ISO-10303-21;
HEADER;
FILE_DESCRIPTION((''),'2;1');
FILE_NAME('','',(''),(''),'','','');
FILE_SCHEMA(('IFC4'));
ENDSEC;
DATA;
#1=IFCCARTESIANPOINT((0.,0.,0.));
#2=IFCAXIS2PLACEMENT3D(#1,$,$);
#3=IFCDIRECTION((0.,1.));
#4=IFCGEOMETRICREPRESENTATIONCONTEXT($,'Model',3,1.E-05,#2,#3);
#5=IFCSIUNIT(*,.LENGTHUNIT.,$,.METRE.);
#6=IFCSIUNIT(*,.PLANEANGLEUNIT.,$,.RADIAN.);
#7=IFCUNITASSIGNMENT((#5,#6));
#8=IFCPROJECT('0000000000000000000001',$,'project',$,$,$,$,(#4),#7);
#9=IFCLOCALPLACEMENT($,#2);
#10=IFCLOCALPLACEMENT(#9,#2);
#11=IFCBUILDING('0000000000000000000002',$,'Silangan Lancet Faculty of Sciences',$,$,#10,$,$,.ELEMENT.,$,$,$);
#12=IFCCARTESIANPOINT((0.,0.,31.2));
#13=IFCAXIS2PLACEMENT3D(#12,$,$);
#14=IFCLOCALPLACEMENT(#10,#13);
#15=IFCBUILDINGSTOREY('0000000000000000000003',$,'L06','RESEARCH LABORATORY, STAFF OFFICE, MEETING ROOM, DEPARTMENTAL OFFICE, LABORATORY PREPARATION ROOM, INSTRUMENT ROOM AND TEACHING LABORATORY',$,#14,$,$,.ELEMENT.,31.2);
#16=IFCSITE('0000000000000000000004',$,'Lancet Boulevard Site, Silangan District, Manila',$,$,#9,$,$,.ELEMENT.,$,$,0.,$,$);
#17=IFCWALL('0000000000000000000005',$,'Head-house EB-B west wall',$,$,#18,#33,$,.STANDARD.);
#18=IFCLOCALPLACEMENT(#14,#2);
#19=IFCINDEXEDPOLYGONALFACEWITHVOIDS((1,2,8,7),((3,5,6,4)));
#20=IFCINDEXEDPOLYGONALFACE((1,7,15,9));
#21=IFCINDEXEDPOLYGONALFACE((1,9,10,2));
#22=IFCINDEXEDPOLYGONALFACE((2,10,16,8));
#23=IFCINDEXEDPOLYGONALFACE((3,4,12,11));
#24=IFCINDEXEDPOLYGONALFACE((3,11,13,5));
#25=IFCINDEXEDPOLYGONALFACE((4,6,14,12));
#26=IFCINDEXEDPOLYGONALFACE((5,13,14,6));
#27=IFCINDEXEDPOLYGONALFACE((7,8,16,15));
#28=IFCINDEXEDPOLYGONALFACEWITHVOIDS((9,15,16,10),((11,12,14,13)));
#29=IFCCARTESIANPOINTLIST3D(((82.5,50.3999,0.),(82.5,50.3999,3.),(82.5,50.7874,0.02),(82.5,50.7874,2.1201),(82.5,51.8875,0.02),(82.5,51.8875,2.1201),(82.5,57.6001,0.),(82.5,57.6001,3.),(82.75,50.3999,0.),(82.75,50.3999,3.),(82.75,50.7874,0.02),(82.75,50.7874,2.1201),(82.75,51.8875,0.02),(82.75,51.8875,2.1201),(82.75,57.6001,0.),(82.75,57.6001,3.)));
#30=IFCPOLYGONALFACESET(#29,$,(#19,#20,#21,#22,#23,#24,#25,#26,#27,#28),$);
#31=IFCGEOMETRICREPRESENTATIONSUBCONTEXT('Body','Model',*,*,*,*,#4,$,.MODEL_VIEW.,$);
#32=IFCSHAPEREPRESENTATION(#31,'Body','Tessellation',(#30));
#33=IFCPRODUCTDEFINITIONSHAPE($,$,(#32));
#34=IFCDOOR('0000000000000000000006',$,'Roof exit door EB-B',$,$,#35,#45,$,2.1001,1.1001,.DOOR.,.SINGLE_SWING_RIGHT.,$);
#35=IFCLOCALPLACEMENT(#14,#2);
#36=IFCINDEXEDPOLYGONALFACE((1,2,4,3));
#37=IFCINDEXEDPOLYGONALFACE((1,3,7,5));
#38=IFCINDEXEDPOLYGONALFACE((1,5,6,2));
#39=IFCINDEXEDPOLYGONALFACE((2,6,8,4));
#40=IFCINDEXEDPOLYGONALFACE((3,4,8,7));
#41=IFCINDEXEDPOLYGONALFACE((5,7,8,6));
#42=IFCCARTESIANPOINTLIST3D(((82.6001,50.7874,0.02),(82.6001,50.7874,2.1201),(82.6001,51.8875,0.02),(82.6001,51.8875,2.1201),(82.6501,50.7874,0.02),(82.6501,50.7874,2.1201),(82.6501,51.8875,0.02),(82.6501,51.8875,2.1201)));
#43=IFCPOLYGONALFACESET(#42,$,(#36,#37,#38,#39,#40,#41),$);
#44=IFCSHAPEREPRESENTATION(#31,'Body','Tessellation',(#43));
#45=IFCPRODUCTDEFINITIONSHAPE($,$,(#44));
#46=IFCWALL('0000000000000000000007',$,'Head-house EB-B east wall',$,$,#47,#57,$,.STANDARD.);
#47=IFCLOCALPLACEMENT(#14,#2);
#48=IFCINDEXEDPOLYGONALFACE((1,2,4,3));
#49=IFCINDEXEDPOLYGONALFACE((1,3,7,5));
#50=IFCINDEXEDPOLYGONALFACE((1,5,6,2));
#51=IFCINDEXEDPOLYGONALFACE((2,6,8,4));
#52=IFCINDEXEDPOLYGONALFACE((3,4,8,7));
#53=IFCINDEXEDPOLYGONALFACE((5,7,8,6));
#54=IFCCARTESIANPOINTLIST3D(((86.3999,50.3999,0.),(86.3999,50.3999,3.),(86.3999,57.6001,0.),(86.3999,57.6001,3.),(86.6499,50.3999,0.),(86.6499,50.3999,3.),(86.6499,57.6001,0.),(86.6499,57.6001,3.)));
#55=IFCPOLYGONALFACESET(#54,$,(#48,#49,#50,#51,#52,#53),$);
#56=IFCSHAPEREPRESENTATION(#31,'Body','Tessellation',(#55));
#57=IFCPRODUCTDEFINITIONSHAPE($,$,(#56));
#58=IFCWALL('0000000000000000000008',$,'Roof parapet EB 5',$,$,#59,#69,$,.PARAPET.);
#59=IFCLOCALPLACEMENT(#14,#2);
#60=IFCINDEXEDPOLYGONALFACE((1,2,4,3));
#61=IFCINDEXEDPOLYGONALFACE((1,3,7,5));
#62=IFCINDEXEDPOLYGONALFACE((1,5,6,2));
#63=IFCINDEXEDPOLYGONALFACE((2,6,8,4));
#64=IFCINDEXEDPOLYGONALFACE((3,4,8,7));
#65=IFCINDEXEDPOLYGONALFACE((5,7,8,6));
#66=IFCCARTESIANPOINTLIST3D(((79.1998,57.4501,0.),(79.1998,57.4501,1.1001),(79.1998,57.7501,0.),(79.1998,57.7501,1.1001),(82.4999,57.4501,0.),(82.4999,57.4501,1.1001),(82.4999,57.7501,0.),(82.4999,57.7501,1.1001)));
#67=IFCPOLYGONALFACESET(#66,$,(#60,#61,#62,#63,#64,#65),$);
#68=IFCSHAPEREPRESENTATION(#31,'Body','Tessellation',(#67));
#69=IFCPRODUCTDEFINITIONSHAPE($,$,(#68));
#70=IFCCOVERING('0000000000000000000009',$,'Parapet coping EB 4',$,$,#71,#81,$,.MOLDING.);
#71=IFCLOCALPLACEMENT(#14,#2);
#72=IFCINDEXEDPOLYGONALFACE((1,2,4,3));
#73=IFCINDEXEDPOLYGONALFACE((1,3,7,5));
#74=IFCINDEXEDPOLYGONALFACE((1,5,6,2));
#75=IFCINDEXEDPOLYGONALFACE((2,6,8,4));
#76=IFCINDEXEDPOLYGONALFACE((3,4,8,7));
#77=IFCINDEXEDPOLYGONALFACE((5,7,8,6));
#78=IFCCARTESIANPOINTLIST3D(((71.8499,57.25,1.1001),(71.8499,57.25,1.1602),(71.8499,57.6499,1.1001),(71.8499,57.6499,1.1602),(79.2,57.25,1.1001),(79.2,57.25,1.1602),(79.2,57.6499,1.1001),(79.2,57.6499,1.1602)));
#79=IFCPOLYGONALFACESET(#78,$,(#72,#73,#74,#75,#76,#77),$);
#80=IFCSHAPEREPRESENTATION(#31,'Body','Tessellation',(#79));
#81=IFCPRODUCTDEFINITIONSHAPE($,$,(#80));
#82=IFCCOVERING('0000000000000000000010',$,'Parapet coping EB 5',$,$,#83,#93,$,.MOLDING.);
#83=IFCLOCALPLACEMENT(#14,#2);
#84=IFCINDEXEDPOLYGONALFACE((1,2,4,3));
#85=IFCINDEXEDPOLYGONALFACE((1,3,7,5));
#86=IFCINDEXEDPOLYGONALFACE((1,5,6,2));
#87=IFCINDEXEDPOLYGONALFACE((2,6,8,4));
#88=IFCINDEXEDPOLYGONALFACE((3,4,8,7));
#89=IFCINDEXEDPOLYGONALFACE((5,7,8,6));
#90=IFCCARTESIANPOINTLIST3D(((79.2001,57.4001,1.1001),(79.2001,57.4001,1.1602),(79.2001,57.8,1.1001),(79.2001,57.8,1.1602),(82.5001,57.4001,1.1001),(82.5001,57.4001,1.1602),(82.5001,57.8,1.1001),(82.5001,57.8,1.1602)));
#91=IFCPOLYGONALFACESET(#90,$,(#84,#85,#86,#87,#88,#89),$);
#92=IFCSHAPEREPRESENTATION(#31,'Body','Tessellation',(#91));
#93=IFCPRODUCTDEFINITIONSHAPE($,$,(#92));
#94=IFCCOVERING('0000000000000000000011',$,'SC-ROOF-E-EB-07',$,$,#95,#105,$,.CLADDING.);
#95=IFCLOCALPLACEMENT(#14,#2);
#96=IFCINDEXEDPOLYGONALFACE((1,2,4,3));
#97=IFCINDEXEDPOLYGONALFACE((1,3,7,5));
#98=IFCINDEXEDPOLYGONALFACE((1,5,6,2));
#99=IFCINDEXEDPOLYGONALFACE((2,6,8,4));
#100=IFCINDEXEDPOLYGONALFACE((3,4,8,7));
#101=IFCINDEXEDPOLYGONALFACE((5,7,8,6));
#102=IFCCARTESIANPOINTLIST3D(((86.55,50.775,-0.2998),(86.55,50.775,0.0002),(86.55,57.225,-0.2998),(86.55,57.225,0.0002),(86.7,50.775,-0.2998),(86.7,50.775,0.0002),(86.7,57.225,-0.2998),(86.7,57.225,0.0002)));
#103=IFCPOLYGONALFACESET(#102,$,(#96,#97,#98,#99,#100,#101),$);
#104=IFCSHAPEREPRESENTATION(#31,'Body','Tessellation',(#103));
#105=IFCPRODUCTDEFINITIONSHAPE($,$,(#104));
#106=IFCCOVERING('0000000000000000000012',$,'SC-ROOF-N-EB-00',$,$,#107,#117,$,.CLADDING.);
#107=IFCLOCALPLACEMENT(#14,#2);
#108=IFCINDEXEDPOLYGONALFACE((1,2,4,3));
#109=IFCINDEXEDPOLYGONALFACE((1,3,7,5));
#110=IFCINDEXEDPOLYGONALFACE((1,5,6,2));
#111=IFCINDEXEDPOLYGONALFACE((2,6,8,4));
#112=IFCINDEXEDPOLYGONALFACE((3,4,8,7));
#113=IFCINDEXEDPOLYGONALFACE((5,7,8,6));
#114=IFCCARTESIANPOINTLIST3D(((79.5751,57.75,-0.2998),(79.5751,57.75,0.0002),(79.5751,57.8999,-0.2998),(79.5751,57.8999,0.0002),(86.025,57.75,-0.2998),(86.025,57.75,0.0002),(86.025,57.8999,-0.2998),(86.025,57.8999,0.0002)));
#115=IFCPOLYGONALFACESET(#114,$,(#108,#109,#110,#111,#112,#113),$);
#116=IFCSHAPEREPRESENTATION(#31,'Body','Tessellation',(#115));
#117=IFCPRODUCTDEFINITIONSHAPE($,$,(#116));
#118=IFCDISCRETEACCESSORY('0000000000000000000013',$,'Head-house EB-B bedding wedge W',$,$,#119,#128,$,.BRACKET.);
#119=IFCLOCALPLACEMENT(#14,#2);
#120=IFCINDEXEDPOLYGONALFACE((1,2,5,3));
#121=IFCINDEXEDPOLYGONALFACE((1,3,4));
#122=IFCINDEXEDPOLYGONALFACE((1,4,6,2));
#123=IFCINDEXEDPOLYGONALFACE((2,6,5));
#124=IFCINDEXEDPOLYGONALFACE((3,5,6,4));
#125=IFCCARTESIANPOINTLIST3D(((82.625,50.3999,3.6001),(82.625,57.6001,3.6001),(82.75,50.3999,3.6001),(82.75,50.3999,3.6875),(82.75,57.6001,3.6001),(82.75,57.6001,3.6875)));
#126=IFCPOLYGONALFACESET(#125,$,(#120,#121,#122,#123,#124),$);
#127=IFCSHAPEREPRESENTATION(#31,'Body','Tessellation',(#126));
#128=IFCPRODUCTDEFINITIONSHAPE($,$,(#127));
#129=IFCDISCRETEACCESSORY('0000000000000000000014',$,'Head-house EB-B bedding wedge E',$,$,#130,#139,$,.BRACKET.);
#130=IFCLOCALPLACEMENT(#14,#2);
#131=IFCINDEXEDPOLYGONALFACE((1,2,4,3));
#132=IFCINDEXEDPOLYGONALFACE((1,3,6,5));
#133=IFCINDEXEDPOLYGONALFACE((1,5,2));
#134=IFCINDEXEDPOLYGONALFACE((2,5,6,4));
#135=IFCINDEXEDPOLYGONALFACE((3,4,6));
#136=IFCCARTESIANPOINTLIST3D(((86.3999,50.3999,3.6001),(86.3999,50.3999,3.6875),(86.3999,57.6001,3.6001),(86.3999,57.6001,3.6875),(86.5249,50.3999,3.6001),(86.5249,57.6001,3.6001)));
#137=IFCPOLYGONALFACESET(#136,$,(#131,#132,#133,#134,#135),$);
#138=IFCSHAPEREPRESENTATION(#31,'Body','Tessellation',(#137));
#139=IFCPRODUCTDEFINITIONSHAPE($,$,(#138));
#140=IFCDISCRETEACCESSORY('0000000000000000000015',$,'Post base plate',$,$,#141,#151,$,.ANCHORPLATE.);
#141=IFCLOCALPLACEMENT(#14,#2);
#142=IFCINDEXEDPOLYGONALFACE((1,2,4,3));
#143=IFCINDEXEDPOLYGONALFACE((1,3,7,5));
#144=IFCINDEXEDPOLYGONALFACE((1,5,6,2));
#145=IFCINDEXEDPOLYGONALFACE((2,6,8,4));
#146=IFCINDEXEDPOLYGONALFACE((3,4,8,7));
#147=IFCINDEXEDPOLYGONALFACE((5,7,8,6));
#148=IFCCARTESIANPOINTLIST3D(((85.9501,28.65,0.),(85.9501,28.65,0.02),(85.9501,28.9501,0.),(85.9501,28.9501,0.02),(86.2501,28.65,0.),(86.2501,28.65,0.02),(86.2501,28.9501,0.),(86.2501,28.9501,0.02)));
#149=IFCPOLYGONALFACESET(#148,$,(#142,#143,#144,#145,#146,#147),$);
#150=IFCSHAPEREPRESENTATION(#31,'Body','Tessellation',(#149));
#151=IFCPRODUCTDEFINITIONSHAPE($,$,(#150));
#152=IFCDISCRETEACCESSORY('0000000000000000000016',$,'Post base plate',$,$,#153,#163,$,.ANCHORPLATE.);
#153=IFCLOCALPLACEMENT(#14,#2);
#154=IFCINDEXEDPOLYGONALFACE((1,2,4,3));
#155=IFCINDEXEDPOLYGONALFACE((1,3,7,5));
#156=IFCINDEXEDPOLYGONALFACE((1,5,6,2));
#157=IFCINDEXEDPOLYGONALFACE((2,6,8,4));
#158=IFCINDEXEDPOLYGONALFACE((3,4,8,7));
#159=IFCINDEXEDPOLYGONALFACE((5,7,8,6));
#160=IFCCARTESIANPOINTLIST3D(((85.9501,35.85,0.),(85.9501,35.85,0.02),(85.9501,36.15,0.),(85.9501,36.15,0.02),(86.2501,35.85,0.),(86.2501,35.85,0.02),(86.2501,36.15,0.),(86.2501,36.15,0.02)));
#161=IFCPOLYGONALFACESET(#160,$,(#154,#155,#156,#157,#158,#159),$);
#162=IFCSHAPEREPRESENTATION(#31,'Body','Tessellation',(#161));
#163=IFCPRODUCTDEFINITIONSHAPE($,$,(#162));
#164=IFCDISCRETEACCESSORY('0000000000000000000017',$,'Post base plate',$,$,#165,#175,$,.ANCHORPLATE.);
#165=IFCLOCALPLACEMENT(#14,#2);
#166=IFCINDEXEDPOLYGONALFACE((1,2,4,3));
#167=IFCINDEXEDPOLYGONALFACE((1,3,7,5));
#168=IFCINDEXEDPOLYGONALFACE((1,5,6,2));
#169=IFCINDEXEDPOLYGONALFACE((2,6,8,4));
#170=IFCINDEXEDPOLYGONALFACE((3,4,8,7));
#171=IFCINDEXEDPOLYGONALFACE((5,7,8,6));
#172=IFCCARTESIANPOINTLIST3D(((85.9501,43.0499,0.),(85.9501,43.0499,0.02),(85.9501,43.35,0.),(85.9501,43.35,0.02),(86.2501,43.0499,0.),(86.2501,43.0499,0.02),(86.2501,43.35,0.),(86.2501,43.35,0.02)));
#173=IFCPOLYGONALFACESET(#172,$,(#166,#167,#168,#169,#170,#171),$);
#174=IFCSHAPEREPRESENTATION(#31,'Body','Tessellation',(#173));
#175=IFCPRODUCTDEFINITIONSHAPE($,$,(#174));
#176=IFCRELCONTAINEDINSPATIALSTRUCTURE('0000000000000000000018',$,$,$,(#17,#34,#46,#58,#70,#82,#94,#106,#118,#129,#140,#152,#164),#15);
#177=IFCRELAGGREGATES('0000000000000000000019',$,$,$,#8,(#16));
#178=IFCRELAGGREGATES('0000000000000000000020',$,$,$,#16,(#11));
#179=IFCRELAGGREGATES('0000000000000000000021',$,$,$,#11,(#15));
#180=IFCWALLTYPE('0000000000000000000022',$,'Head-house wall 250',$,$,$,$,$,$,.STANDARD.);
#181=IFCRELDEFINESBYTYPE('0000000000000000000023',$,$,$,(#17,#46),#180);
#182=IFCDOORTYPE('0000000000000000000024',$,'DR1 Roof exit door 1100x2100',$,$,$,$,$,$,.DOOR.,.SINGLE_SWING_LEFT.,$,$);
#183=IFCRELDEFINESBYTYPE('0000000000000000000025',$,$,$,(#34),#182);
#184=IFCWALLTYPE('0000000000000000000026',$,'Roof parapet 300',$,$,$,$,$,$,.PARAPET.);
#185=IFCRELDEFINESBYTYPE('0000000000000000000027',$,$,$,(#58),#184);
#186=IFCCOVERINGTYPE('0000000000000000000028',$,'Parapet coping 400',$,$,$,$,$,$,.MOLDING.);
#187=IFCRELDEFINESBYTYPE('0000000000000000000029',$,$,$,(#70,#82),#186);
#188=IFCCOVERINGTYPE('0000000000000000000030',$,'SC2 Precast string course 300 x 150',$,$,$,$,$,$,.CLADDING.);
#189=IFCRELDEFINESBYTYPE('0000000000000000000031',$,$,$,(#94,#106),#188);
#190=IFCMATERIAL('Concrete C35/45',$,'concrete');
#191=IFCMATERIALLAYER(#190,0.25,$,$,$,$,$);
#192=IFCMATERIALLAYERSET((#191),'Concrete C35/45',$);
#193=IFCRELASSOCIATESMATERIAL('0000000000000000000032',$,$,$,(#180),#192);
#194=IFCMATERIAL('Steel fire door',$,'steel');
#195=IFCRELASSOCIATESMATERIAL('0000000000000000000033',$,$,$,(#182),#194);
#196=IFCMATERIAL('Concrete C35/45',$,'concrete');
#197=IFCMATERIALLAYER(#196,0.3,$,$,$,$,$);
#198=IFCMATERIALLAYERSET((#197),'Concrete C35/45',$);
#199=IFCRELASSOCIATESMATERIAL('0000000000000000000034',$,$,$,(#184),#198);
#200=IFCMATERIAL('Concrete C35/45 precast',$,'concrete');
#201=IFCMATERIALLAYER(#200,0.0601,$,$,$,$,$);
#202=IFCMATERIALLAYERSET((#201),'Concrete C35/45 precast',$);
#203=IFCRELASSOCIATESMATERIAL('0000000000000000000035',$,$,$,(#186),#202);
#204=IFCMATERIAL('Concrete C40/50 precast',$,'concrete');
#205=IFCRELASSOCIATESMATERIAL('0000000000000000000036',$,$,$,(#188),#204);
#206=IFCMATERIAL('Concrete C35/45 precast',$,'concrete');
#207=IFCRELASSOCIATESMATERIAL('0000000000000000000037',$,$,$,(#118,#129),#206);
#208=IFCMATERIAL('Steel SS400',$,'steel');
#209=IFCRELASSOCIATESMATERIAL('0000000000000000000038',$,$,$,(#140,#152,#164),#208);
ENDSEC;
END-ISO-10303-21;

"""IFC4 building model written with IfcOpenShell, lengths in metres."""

from ifc_helpers import new_model, si_unit, direction, frame, frame_2d, origin, origin_2d, place, context, subcontext, project, spatial, polyline, rectangle, outline, extrude, material, layer, layer_set, type_object, element, fill, save


model = new_model("IFC4")

# Units and contexts
model_context = context("Model", 3, precision=1e-05, world=origin(), true_north=direction((0.0, 1.0)))
body_context = subcontext(model_context, "Body", "Model", "MODEL_VIEW")
ifc_project = project(units=[si_unit("LENGTHUNIT", "METRE"), si_unit("PLANEANGLEUNIT", "RADIAN")], contexts=[model_context])

# Site, building, storey
site_placement = place(None, origin())
site = spatial("IfcSite", under=ifc_project, at=site_placement, Name="Lancet Boulevard Site, Silangan District, Manila", CompositionType="ELEMENT", RefElevation=0.0)
building_placement = place(site_placement, origin())
building = spatial("IfcBuilding", under=site, at=building_placement, Name="Silangan Lancet Faculty of Sciences", CompositionType="ELEMENT")
storey_placement = place(building_placement, frame((0.0, 0.0, 31.2)))
storey = spatial("IfcBuildingStorey", under=building, at=storey_placement, Name="L06", Description="RESEARCH LABORATORY, STAFF OFFICE, MEETING ROOM, DEPARTMENTAL OFFICE, LABORATORY PREPARATION ROOM, INSTRUMENT ROOM AND TEACHING LABORATORY", CompositionType="ELEMENT", Elevation=31.2)

# Shared definitions
ifc_material_1 = material(Name="Concrete C35/45", Category="concrete")
ifc_layer_1 = layer(ifc_material_1, 0.25)
ifc_layer_set_1 = layer_set([ifc_layer_1], Name="Concrete C35/45")
wall_type_1 = type_object("IfcWallType", Name="Head-house wall 250", PredefinedType="STANDARD", material=ifc_layer_set_1)

# Wall, opening, door
wall_1_placement = place(storey_placement, frame((82.625, 50.3999, 0.0), z_axis=(0.0, 0.0, 1.0), x_axis=(0.0, 1.0, 0.0)))
wall_1 = element("IfcWall", 1, at=wall_1_placement, inside=storey, type_object=wall_type_1, Name="Head-house EB-B west wall", PredefinedType="STANDARD", context=body_context, shape_type="SweptSolid", body=[
    extrude(rectangle(XDim=7.2002, YDim=0.25, at=frame_2d((3.6001, 0.0))), origin(), (0.0, 0.0, 1.0), 3.0),
])
opening_placement = place(wall_1_placement, frame((0.3875, 0.0, 0.02)))
opening = element("IfcOpeningElement", 2, at=opening_placement, cuts=wall_1, PredefinedType="OPENING", context=body_context, shape_type="SweptSolid", body=[
    extrude(rectangle(XDim=1.1001, YDim=2.1001, at=frame_2d((0.55, 1.05))), frame((0.0, 0.135, 0.0), z_axis=(0.0, -1.0, 0.0), x_axis=(1.0, 0.0, 0.0)), (0.0, 0.0, 1.0), 0.27),
])
ifc_material_2 = material(Name="Steel fire door", Category="steel")
door_type = type_object("IfcDoorType", Name="DR1 Roof exit door 1100x2100", OperationType="SINGLE_SWING_LEFT", PredefinedType="DOOR", material=ifc_material_2)
door_placement = place(opening_placement, origin())
door = element("IfcDoor", 3, at=door_placement, inside=storey, type_object=door_type, Name="Roof exit door EB-B", OperationType="SINGLE_SWING_RIGHT", OverallHeight=2.1001, OverallWidth=1.1001, PredefinedType="DOOR", context=body_context, shape_type="SweptSolid", body=[
    extrude(rectangle(XDim=1.1001, YDim=2.1001, at=frame_2d((0.55, 1.05))), frame((0.0, 0.0249, 0.0), z_axis=(0.0, -1.0, 0.0), x_axis=(1.0, 0.0, 0.0)), (0.0, 0.0, 1.0), 0.05),
])
fill(opening, door)

# Walls
wall_2_placement = place(storey_placement, frame((86.5249, 50.3999, 0.0), z_axis=(0.0, 0.0, 1.0), x_axis=(0.0, 1.0, 0.0)))
element("IfcWall", 4, at=wall_2_placement, inside=storey, type_object=wall_type_1, Name="Head-house EB-B east wall", PredefinedType="STANDARD", context=body_context, shape_type="SweptSolid", body=[
    extrude(rectangle(XDim=7.2002, YDim=0.25, at=frame_2d((3.6001, 0.0))), origin(), (0.0, 0.0, 1.0), 3.0),
])
ifc_material_3 = material(Name="Concrete C35/45", Category="concrete")
ifc_layer_2 = layer(ifc_material_3, 0.3)
ifc_layer_set_2 = layer_set([ifc_layer_2], Name="Concrete C35/45")
wall_type_2 = type_object("IfcWallType", Name="Roof parapet 300", PredefinedType="PARAPET", material=ifc_layer_set_2)
wall_3_placement = place(storey_placement, frame((79.2, 57.6001, 0.0), z_axis=(0.0, 0.0, 1.0), x_axis=(1.0, 0.0, 0.0)))
element("IfcWall", 5, at=wall_3_placement, inside=storey, type_object=wall_type_2, Name="Roof parapet EB 5", PredefinedType="PARAPET", context=body_context, shape_type="SweptSolid", body=[
    extrude(rectangle(XDim=3.3, YDim=0.3, at=frame_2d((1.6499, 0.0))), origin(), (0.0, 0.0, 1.0), 1.1001),
])

# Coverings
ifc_material_4 = material(Name="Concrete C35/45 precast", Category="concrete")
ifc_layer_3 = layer(ifc_material_4, 0.0601)
ifc_layer_set_3 = layer_set([ifc_layer_3], Name="Concrete C35/45 precast")
covering_type_1 = type_object("IfcCoveringType", Name="Parapet coping 400", PredefinedType="MOLDING", material=ifc_layer_set_3)
covering_1_placement = place(storey_placement, frame((75.5249, 57.45, 1.1001), z_axis=(0.0, 0.0, 1.0), x_axis=(1.0, 0.0, 0.0)))
element("IfcCovering", 6, at=covering_1_placement, inside=storey, type_object=covering_type_1, Name="Parapet coping EB 4", PredefinedType="MOLDING", context=body_context, shape_type="SweptSolid", body=[
    extrude(rectangle(XDim=7.3501, YDim=0.3999, at=origin_2d()), origin(), (0.0, 0.0, 1.0), 0.0601),
])
covering_2_placement = place(storey_placement, frame((80.8501, 57.6001, 1.1001), z_axis=(0.0, 0.0, 1.0), x_axis=(1.0, 0.0, 0.0)))
element("IfcCovering", 7, at=covering_2_placement, inside=storey, type_object=covering_type_1, Name="Parapet coping EB 5", PredefinedType="MOLDING", context=body_context, shape_type="SweptSolid", body=[
    extrude(rectangle(XDim=3.3, YDim=0.3999, at=origin_2d()), origin(), (0.0, 0.0, 1.0), 0.0601),
])
ifc_material_5 = material(Name="Concrete C40/50 precast", Category="concrete")
covering_type_2 = type_object("IfcCoveringType", Name="SC2 Precast string course 300 x 150", PredefinedType="CLADDING", material=ifc_material_5)
covering_3_placement = place(storey_placement, frame((86.625, 54.0, -0.2998), z_axis=(0.0, 0.0, 1.0), x_axis=(1.0, 0.0, 0.0)))
element("IfcCovering", 8, at=covering_3_placement, inside=storey, type_object=covering_type_2, Name="SC-ROOF-E-EB-07", PredefinedType="CLADDING", context=body_context, shape_type="SweptSolid", body=[
    extrude(rectangle(XDim=0.1499, YDim=6.45, at=origin_2d()), origin(), (0.0, 0.0, 1.0), 0.3),
])
covering_4_placement = place(storey_placement, frame((82.8, 57.825, -0.2998), z_axis=(0.0, 0.0, 1.0), x_axis=(1.0, 0.0, 0.0)))
element("IfcCovering", 9, at=covering_4_placement, inside=storey, type_object=covering_type_2, Name="SC-ROOF-N-EB-00", PredefinedType="CLADDING", context=body_context, shape_type="SweptSolid", body=[
    extrude(rectangle(XDim=6.45, YDim=0.1499, at=origin_2d()), origin(), (0.0, 0.0, 1.0), 0.3),
])

# Discrete accessories
ifc_material_6 = material(Name="Concrete C35/45 precast", Category="concrete")
for number, where, z_axis, x_axis, name in (
    (10, (82.625, 50.3999, 3.6001), (0.0, 1.0, 0.0), (-1.0, 0.0, 0.0), "Head-house EB-B bedding wedge W"),
    (11, (86.5249, 57.6001, 3.6001), (0.0, -1.0, 0.0), (1.0, 0.0, 0.0), "Head-house EB-B bedding wedge E"),
):
    element("IfcDiscreteAccessory", number, at=place(storey_placement, frame(where, z_axis=z_axis, x_axis=x_axis)), inside=storey, material=ifc_material_6, Name=name, PredefinedType="BRACKET", context=body_context, shape_type="SweptSolid", body=[
        extrude(outline(polyline([(0.0, 0.0), (-0.125, 0.0), (-0.125, 0.0874), (0.0, 0.0)])), origin(), (0.0, 0.0, 1.0), 7.2002),
    ])
ifc_material_7 = material(Name="Steel SS400", Category="steel")
for number, where, z_axis, x_axis, name in (
    (12, (86.1001, 28.8, 0.0), (0.0, 0.0, 1.0), (1.0, 0.0, 0.0), "Post base plate"),
    (13, (86.1001, 36.0, 0.0), (0.0, 0.0, 1.0), (1.0, 0.0, 0.0), "Post base plate"),
    (14, (86.1001, 43.2, 0.0), (0.0, 0.0, 1.0), (1.0, 0.0, 0.0), "Post base plate"),
):
    element("IfcDiscreteAccessory", number, at=place(storey_placement, frame(where, z_axis=z_axis, x_axis=x_axis)), inside=storey, material=ifc_material_7, Name=name, PredefinedType="ANCHORPLATE", context=body_context, shape_type="SweptSolid", body=[
        extrude(rectangle(XDim=0.3, YDim=0.3, at=origin_2d()), origin(), (0.0, 0.0, 1.0), 0.02),
    ])

save(model, "model.ifc")
